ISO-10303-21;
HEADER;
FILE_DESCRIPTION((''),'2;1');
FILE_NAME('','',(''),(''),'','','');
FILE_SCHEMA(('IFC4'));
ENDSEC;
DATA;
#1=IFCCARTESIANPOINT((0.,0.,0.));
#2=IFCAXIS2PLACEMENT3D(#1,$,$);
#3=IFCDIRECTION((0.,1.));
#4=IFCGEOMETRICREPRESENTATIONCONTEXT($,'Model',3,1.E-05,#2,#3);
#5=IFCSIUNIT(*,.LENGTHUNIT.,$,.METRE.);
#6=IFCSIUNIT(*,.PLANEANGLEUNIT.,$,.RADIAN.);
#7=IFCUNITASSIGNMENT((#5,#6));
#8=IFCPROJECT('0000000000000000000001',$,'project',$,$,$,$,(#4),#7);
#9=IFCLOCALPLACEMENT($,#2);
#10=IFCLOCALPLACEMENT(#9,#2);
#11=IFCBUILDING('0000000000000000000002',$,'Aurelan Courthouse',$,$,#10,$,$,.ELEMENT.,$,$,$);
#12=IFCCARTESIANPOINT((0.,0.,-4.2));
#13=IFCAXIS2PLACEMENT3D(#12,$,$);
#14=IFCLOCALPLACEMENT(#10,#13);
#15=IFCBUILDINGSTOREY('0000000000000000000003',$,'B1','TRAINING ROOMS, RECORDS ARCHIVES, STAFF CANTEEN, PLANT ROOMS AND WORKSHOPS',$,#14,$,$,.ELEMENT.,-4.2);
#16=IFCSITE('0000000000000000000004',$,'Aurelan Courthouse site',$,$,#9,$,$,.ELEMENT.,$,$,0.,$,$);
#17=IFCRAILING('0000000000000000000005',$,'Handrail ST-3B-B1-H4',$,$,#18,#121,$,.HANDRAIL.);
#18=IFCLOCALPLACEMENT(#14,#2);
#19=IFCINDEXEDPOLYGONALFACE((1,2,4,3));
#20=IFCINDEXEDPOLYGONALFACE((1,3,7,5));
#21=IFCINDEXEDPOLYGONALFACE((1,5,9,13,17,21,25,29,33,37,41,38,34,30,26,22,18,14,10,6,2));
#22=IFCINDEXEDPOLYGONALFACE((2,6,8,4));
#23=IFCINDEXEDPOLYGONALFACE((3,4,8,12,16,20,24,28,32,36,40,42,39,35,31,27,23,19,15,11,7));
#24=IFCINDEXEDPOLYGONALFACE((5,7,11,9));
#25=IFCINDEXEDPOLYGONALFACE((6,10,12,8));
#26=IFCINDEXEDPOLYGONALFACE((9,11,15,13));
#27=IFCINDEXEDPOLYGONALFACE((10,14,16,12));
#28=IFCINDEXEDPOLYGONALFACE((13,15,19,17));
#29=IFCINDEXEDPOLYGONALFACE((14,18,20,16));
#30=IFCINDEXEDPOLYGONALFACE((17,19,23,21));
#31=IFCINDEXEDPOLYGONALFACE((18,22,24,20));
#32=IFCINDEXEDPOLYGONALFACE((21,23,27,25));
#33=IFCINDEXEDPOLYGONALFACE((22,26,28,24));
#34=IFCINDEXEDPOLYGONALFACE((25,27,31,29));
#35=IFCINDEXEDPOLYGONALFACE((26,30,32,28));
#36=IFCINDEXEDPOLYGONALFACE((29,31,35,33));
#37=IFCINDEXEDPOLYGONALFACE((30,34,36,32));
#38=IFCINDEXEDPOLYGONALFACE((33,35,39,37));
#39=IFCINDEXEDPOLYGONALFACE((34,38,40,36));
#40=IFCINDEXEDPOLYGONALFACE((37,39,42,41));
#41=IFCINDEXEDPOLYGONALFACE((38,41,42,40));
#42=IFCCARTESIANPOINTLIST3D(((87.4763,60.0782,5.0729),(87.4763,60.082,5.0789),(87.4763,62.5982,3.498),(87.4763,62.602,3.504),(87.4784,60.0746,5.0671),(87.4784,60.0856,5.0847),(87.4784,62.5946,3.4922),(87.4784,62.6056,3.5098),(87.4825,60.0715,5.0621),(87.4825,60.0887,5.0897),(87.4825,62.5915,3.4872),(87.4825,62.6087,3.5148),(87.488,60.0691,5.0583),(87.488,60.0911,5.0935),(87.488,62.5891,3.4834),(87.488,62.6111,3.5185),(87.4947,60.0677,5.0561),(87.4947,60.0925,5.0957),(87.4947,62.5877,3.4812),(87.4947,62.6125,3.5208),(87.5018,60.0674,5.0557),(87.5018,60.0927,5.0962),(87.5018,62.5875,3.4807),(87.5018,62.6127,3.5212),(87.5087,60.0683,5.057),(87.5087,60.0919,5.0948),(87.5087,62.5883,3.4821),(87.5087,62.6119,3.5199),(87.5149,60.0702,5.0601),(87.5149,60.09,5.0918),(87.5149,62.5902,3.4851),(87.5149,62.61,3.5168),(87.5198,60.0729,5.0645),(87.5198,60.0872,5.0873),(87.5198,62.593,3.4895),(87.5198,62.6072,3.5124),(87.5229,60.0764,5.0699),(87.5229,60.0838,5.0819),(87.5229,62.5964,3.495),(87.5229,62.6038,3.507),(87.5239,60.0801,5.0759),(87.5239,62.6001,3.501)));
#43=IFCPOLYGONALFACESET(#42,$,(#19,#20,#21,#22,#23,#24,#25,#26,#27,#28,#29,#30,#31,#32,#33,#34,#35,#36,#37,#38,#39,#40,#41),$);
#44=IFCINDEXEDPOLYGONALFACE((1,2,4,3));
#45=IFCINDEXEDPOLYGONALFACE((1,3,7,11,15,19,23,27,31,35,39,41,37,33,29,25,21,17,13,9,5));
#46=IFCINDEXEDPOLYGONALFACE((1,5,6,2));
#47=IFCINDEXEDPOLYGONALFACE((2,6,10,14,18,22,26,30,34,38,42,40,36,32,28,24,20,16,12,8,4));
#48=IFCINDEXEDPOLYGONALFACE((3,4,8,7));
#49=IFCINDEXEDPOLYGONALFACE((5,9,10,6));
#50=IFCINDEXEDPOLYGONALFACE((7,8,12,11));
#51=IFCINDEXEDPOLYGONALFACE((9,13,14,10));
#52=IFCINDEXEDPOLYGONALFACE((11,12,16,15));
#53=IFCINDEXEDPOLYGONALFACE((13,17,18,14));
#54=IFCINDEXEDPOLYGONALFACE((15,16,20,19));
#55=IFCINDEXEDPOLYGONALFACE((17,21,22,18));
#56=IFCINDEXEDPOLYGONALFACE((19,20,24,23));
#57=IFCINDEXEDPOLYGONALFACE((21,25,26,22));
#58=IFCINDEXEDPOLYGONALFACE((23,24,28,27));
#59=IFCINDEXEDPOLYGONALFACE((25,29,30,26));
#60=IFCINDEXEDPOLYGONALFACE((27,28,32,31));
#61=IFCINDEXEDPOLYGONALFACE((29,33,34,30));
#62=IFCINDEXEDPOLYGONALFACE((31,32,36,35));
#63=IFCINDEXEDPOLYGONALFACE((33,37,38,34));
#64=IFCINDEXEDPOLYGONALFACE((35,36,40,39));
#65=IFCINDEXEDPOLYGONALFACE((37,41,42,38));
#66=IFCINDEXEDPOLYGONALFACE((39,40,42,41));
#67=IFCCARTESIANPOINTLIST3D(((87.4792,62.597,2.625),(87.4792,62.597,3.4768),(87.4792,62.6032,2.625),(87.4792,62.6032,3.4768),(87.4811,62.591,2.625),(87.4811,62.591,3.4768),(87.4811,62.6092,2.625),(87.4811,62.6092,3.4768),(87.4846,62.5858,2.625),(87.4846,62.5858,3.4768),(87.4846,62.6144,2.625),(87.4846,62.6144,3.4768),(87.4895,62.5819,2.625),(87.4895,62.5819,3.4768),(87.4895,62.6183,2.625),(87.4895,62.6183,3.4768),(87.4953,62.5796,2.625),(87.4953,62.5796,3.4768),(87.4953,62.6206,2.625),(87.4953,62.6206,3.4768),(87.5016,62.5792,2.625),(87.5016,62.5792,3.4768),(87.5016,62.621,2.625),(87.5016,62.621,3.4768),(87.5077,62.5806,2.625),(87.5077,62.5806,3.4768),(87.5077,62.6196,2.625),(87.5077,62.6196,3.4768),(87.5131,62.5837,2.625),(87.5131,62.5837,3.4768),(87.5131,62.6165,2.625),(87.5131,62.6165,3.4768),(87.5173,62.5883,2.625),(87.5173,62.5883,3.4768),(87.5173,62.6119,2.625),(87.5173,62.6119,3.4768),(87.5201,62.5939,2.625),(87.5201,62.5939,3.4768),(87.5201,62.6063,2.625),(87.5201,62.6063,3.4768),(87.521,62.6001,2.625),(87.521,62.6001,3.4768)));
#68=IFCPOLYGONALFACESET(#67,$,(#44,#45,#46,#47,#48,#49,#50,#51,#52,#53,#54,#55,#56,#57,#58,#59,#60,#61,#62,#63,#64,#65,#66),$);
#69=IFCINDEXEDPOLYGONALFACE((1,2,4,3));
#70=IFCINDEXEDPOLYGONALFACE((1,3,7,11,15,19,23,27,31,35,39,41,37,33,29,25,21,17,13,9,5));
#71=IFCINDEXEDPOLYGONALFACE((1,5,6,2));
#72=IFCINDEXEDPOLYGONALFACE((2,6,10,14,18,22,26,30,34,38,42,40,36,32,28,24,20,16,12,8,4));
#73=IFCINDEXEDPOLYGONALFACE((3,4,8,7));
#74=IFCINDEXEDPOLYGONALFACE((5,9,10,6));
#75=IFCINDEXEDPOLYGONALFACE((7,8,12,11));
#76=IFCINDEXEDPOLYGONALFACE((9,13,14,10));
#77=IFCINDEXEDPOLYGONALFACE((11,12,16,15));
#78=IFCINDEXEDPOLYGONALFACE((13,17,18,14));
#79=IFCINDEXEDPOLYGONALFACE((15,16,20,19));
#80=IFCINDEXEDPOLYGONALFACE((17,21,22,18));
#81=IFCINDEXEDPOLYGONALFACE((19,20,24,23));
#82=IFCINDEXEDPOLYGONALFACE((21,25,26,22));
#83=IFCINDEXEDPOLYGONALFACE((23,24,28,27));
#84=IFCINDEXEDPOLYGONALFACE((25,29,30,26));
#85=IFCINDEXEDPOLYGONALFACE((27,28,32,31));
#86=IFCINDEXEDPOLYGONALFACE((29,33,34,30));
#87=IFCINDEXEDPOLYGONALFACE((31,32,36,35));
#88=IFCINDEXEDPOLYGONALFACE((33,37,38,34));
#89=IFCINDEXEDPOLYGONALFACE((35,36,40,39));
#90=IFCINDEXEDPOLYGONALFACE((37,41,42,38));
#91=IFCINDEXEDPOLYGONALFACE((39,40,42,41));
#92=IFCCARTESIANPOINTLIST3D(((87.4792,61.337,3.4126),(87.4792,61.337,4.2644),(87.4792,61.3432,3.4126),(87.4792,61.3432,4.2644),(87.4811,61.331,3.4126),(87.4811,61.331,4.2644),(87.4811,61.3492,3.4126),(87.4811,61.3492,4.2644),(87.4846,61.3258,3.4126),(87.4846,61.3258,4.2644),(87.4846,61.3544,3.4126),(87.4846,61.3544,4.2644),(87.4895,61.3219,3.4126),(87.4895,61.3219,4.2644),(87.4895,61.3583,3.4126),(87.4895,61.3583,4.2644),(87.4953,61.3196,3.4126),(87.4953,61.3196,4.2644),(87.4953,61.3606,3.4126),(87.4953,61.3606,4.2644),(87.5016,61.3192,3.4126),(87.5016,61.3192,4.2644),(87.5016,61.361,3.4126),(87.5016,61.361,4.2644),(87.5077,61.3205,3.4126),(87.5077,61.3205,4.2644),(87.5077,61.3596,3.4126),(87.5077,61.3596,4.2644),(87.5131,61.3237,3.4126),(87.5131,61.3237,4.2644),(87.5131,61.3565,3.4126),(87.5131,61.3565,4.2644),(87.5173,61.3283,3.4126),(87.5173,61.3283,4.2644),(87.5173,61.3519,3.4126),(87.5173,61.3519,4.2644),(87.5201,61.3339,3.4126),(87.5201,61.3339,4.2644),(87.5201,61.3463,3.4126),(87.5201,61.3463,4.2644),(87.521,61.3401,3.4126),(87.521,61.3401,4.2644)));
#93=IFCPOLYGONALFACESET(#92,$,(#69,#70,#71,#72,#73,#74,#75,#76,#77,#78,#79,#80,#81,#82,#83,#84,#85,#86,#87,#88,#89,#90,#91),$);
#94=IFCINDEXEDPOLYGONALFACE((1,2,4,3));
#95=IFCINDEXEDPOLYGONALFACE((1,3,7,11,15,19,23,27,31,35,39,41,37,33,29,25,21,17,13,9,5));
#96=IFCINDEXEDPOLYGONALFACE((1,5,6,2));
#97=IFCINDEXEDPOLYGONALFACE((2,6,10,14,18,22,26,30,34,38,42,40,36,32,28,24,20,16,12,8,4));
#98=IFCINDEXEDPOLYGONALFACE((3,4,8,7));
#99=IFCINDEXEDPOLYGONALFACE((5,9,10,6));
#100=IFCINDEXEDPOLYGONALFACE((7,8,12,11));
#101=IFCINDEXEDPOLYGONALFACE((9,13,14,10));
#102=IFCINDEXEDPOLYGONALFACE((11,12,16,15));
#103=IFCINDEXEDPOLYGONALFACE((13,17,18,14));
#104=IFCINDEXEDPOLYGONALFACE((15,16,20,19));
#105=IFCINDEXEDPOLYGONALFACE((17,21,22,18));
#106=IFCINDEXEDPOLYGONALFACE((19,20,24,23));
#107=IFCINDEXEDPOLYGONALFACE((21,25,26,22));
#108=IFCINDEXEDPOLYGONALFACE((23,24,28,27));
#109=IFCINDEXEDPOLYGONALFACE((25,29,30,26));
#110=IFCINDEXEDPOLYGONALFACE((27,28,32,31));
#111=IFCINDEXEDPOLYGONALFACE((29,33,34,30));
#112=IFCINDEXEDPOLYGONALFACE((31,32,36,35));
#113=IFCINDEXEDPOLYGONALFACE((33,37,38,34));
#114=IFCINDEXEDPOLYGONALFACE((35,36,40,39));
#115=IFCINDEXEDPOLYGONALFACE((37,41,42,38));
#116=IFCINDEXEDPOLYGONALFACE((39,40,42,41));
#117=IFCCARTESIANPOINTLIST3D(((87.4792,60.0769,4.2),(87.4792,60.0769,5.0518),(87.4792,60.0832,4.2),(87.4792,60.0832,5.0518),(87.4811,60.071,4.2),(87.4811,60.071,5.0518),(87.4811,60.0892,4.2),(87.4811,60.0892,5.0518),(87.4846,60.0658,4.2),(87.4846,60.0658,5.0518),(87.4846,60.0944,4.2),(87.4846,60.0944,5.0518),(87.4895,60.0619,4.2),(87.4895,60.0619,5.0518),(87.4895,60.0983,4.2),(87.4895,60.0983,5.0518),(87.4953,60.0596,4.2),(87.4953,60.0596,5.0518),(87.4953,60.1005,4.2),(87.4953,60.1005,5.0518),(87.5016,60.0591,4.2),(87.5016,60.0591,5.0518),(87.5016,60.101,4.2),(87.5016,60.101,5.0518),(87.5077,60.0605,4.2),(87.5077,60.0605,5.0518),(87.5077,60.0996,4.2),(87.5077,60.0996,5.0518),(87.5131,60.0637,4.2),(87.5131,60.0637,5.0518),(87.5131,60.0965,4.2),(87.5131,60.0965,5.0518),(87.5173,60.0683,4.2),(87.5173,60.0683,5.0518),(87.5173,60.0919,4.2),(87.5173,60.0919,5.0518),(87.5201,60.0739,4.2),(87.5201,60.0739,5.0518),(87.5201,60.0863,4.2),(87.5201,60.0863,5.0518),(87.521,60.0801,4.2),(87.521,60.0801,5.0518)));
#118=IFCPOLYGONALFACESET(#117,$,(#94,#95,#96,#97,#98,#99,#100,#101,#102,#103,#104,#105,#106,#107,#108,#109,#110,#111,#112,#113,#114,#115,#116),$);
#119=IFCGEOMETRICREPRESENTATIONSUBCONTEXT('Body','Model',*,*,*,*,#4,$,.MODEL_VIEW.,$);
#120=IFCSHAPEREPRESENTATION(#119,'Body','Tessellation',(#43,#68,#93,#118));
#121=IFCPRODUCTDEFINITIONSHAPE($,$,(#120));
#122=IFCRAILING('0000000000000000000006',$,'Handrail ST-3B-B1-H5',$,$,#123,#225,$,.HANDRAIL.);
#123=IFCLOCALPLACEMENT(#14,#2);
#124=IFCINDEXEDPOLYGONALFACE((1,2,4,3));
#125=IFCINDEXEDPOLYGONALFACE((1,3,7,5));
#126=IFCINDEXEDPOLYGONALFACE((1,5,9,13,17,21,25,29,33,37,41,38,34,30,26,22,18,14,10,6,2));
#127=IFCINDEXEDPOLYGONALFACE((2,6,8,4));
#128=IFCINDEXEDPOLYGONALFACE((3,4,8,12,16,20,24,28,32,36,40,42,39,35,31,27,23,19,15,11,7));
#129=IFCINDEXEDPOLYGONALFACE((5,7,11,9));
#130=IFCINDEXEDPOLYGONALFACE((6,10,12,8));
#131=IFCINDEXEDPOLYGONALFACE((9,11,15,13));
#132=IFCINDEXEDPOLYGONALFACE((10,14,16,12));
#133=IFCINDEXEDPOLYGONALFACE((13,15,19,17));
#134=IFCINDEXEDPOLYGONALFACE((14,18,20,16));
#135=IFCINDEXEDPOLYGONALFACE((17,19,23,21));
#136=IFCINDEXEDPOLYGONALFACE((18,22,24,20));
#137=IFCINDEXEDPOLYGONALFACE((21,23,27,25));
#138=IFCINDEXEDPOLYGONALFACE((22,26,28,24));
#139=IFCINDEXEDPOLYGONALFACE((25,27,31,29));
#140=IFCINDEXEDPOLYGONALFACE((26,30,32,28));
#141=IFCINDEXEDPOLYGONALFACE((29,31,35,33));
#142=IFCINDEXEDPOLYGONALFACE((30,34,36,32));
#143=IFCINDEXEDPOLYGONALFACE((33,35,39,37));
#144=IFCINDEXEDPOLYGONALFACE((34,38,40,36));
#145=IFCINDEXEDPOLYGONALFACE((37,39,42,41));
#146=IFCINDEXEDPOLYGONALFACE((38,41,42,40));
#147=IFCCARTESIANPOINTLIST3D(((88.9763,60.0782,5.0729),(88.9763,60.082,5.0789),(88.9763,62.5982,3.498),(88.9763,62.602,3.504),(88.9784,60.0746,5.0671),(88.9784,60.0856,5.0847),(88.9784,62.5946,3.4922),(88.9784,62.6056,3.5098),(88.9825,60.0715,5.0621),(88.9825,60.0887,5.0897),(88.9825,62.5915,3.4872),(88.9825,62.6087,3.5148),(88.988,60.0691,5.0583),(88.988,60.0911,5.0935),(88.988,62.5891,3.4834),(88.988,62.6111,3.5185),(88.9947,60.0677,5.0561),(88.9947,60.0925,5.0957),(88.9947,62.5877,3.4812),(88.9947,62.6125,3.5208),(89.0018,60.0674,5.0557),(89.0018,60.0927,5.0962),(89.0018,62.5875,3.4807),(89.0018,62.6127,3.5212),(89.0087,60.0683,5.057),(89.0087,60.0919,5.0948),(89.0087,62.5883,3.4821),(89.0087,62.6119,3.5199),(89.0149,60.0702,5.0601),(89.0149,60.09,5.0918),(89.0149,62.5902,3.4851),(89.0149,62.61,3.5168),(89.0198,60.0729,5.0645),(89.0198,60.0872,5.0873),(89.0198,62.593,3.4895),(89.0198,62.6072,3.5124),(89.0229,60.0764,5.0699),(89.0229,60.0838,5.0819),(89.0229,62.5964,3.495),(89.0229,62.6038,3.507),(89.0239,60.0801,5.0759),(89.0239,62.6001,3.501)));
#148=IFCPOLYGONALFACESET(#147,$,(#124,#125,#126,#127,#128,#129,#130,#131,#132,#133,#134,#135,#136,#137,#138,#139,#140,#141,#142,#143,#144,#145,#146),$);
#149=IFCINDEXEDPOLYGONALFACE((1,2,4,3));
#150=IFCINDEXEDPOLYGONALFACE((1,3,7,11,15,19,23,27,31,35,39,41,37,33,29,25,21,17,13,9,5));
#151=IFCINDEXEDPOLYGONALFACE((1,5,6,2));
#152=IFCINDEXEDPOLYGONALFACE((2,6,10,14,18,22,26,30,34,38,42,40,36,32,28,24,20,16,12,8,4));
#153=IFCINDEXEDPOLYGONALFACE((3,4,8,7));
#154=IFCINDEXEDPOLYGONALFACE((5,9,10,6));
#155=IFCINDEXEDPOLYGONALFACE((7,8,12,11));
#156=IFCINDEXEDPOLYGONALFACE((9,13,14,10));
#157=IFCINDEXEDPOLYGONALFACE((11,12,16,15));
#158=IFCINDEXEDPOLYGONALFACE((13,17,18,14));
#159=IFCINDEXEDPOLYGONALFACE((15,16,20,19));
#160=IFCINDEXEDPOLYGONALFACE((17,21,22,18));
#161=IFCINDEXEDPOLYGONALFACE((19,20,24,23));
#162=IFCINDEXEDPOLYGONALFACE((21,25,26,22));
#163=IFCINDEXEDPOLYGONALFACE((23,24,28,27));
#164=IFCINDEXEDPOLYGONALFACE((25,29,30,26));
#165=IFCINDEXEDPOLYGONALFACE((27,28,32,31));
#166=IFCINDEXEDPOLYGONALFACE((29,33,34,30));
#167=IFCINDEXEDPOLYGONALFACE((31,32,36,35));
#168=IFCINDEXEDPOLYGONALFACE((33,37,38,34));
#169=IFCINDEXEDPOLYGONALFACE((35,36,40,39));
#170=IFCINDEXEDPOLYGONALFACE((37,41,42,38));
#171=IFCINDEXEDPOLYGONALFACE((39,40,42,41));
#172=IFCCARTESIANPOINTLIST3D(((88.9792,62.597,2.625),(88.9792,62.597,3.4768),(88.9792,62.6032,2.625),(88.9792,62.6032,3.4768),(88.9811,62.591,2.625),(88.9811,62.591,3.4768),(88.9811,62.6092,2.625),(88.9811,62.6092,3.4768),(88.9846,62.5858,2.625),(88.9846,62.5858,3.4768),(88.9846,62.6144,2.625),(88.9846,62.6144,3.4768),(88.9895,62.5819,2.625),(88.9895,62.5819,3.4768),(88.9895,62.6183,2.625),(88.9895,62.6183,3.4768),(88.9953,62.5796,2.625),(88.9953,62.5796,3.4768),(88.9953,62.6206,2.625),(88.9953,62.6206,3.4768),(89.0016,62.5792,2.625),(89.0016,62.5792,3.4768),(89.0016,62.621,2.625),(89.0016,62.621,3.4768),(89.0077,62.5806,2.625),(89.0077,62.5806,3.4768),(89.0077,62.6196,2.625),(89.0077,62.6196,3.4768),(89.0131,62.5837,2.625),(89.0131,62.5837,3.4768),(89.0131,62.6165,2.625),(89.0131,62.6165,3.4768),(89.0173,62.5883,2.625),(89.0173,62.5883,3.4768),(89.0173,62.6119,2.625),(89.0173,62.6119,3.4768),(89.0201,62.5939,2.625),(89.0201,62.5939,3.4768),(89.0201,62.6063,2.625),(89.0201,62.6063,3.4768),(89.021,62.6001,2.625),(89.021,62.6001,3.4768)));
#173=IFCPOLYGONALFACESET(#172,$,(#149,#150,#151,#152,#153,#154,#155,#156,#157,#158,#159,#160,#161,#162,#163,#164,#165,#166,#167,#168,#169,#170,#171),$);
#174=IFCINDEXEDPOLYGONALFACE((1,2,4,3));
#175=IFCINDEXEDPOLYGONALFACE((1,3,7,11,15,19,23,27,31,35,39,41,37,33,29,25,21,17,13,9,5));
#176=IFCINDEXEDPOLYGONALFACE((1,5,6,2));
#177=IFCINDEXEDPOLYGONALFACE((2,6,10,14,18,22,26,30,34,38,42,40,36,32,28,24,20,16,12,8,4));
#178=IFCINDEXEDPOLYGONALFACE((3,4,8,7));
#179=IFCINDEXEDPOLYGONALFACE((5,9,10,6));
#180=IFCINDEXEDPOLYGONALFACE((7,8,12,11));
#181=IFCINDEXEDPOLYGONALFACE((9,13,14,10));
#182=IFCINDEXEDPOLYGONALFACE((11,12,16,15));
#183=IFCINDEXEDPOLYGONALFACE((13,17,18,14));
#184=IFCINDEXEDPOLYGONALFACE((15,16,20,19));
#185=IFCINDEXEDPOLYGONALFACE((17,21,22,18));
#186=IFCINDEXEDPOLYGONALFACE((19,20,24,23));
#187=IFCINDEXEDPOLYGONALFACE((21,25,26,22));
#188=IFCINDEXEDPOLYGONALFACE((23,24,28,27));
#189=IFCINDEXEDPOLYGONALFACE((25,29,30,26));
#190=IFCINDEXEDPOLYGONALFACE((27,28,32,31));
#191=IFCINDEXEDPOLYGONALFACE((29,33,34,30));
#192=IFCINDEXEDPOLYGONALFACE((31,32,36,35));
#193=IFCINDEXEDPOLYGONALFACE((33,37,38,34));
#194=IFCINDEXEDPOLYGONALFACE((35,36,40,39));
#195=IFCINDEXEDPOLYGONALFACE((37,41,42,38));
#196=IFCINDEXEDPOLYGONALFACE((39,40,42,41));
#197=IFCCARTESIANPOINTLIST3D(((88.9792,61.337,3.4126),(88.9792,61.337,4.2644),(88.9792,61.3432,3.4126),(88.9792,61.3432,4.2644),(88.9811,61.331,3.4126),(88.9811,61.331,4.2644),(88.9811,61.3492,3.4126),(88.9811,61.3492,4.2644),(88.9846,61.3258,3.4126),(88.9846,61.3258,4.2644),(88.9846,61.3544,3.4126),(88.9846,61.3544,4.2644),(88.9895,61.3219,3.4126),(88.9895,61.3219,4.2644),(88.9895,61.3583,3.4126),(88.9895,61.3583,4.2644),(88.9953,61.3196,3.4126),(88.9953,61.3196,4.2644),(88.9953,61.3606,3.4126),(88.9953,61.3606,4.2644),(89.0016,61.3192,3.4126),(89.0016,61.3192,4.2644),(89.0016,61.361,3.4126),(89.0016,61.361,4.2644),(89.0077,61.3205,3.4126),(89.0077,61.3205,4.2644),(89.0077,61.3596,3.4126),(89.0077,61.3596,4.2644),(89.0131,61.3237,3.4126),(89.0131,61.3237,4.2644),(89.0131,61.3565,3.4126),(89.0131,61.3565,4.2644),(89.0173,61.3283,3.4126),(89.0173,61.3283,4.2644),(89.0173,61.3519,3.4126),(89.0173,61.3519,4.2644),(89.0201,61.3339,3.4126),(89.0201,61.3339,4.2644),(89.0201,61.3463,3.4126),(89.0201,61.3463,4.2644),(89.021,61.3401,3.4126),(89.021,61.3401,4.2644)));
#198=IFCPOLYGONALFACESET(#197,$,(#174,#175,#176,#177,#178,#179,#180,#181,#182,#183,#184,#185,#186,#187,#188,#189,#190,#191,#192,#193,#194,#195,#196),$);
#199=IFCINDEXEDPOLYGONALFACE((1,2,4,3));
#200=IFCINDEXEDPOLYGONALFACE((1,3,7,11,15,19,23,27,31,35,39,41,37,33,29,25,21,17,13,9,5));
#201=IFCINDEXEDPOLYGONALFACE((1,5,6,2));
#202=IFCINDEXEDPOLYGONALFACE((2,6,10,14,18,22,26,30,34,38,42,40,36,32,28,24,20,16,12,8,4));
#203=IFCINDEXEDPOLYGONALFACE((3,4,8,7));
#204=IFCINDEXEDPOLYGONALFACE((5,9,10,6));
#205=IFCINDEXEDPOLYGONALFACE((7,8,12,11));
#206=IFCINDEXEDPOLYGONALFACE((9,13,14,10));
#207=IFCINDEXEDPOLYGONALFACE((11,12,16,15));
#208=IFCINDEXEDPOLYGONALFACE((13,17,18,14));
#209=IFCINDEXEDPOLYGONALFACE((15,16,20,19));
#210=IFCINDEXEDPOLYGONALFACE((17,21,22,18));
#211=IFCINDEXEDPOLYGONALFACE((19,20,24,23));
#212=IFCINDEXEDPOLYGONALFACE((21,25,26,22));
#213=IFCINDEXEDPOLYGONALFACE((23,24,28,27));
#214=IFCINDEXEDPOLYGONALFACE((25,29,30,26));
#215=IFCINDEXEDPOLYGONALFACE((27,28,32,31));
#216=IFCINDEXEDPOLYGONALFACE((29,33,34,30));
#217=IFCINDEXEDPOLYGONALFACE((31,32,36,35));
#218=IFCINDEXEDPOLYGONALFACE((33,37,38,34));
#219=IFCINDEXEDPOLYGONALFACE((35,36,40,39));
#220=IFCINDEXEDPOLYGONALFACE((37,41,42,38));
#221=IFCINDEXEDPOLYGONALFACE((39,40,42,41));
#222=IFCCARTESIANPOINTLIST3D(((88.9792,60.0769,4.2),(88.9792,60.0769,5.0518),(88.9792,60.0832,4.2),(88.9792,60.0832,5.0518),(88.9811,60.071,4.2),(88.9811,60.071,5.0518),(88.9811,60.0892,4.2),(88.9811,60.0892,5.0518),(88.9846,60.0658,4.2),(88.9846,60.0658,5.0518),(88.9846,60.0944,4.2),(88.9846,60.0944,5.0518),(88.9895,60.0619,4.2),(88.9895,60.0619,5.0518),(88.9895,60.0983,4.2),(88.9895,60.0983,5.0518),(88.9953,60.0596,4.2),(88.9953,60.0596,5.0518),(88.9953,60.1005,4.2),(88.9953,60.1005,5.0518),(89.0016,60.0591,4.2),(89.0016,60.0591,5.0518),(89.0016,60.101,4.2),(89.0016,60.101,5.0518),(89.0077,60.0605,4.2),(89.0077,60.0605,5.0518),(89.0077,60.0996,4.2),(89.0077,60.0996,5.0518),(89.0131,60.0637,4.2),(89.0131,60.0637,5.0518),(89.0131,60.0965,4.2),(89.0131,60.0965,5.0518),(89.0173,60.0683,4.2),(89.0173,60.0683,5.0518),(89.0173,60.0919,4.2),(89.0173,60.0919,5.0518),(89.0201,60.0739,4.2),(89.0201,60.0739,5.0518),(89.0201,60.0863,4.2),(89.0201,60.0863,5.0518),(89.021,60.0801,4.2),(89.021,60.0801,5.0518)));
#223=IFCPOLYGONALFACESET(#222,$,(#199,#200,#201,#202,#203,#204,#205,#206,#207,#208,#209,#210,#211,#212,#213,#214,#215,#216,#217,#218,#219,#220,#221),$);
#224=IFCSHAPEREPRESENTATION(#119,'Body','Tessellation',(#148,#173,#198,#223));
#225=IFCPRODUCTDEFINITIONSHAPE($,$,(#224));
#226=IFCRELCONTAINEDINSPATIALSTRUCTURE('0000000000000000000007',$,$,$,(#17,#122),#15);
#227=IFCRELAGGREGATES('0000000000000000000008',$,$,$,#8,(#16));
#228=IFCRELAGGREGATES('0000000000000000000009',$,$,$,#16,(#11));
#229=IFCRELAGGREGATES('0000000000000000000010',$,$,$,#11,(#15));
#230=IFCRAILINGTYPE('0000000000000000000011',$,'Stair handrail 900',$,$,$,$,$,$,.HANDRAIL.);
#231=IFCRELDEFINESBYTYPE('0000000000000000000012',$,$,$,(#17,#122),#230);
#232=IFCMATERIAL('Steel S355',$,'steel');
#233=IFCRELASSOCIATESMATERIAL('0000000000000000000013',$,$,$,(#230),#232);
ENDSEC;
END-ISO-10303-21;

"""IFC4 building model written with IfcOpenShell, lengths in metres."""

from ifc_helpers import new_model, si_unit, direction, frame, origin, origin_2d, place, context, subcontext, project, spatial, circle, extrude, material, type_object, element, save


model = new_model("IFC4")

# Units and contexts
model_context = context("Model", 3, precision=1e-05, world=origin(), true_north=direction((0.0, 1.0)))
body_context = subcontext(model_context, "Body", "Model", "MODEL_VIEW")
ifc_project = project(units=[si_unit("LENGTHUNIT", "METRE"), si_unit("PLANEANGLEUNIT", "RADIAN")], contexts=[model_context])

# Site, building, storey
site_placement = place(None, origin())
site = spatial("IfcSite", under=ifc_project, at=site_placement, Name="Aurelan Courthouse site", CompositionType="ELEMENT", RefElevation=0.0)
building_placement = place(site_placement, origin())
building = spatial("IfcBuilding", under=site, at=building_placement, Name="Aurelan Courthouse", CompositionType="ELEMENT")
storey_placement = place(building_placement, frame((0.0, 0.0, -4.2)))
storey = spatial("IfcBuildingStorey", under=building, at=storey_placement, Name="B1", Description="TRAINING ROOMS, RECORDS ARCHIVES, STAFF CANTEEN, PLANT ROOMS AND WORKSHOPS", CompositionType="ELEMENT", Elevation=-4.2)

# Railings
ifc_material_1 = material(Name="Steel S355", Category="steel")
railing_type_1 = type_object("IfcRailingType", Name="Stair handrail 900", PredefinedType="HANDRAIL", material=ifc_material_1)
for number, where, name in (
    (1, (87.5, 62.6001, 2.625), "Handrail ST-3B-B1-H4"),
    (2, (89.0, 62.6001, 2.625), "Handrail ST-3B-B1-H5"),
):
    element("IfcRailing", number, at=place(storey_placement, frame(where)), inside=storey, type_object=railing_type_1, Name=name, PredefinedType="HANDRAIL", context=body_context, shape_type="SweptSolid", body=[
        extrude(circle(Radius=0.0239, at=origin_2d()), frame((0.0, 0.0, 0.876), z_axis=(0.0, -0.848008, 0.529984), x_axis=(1.0, 0.0, 0.0)), (0.0, 0.0, 1.0), 2.9717),
        extrude(circle(Radius=0.021, at=origin_2d()), origin(), (0.0, 0.0, 1.0), 0.8518),
        extrude(circle(Radius=0.021, at=origin_2d()), frame((0.0, -1.26, 0.7876)), (0.0, 0.0, 1.0), 0.8518),
        extrude(circle(Radius=0.021, at=origin_2d()), frame((0.0, -2.52, 1.575)), (0.0, 0.0, 1.0), 0.8518),
    ])

save(model, "model.ifc")
